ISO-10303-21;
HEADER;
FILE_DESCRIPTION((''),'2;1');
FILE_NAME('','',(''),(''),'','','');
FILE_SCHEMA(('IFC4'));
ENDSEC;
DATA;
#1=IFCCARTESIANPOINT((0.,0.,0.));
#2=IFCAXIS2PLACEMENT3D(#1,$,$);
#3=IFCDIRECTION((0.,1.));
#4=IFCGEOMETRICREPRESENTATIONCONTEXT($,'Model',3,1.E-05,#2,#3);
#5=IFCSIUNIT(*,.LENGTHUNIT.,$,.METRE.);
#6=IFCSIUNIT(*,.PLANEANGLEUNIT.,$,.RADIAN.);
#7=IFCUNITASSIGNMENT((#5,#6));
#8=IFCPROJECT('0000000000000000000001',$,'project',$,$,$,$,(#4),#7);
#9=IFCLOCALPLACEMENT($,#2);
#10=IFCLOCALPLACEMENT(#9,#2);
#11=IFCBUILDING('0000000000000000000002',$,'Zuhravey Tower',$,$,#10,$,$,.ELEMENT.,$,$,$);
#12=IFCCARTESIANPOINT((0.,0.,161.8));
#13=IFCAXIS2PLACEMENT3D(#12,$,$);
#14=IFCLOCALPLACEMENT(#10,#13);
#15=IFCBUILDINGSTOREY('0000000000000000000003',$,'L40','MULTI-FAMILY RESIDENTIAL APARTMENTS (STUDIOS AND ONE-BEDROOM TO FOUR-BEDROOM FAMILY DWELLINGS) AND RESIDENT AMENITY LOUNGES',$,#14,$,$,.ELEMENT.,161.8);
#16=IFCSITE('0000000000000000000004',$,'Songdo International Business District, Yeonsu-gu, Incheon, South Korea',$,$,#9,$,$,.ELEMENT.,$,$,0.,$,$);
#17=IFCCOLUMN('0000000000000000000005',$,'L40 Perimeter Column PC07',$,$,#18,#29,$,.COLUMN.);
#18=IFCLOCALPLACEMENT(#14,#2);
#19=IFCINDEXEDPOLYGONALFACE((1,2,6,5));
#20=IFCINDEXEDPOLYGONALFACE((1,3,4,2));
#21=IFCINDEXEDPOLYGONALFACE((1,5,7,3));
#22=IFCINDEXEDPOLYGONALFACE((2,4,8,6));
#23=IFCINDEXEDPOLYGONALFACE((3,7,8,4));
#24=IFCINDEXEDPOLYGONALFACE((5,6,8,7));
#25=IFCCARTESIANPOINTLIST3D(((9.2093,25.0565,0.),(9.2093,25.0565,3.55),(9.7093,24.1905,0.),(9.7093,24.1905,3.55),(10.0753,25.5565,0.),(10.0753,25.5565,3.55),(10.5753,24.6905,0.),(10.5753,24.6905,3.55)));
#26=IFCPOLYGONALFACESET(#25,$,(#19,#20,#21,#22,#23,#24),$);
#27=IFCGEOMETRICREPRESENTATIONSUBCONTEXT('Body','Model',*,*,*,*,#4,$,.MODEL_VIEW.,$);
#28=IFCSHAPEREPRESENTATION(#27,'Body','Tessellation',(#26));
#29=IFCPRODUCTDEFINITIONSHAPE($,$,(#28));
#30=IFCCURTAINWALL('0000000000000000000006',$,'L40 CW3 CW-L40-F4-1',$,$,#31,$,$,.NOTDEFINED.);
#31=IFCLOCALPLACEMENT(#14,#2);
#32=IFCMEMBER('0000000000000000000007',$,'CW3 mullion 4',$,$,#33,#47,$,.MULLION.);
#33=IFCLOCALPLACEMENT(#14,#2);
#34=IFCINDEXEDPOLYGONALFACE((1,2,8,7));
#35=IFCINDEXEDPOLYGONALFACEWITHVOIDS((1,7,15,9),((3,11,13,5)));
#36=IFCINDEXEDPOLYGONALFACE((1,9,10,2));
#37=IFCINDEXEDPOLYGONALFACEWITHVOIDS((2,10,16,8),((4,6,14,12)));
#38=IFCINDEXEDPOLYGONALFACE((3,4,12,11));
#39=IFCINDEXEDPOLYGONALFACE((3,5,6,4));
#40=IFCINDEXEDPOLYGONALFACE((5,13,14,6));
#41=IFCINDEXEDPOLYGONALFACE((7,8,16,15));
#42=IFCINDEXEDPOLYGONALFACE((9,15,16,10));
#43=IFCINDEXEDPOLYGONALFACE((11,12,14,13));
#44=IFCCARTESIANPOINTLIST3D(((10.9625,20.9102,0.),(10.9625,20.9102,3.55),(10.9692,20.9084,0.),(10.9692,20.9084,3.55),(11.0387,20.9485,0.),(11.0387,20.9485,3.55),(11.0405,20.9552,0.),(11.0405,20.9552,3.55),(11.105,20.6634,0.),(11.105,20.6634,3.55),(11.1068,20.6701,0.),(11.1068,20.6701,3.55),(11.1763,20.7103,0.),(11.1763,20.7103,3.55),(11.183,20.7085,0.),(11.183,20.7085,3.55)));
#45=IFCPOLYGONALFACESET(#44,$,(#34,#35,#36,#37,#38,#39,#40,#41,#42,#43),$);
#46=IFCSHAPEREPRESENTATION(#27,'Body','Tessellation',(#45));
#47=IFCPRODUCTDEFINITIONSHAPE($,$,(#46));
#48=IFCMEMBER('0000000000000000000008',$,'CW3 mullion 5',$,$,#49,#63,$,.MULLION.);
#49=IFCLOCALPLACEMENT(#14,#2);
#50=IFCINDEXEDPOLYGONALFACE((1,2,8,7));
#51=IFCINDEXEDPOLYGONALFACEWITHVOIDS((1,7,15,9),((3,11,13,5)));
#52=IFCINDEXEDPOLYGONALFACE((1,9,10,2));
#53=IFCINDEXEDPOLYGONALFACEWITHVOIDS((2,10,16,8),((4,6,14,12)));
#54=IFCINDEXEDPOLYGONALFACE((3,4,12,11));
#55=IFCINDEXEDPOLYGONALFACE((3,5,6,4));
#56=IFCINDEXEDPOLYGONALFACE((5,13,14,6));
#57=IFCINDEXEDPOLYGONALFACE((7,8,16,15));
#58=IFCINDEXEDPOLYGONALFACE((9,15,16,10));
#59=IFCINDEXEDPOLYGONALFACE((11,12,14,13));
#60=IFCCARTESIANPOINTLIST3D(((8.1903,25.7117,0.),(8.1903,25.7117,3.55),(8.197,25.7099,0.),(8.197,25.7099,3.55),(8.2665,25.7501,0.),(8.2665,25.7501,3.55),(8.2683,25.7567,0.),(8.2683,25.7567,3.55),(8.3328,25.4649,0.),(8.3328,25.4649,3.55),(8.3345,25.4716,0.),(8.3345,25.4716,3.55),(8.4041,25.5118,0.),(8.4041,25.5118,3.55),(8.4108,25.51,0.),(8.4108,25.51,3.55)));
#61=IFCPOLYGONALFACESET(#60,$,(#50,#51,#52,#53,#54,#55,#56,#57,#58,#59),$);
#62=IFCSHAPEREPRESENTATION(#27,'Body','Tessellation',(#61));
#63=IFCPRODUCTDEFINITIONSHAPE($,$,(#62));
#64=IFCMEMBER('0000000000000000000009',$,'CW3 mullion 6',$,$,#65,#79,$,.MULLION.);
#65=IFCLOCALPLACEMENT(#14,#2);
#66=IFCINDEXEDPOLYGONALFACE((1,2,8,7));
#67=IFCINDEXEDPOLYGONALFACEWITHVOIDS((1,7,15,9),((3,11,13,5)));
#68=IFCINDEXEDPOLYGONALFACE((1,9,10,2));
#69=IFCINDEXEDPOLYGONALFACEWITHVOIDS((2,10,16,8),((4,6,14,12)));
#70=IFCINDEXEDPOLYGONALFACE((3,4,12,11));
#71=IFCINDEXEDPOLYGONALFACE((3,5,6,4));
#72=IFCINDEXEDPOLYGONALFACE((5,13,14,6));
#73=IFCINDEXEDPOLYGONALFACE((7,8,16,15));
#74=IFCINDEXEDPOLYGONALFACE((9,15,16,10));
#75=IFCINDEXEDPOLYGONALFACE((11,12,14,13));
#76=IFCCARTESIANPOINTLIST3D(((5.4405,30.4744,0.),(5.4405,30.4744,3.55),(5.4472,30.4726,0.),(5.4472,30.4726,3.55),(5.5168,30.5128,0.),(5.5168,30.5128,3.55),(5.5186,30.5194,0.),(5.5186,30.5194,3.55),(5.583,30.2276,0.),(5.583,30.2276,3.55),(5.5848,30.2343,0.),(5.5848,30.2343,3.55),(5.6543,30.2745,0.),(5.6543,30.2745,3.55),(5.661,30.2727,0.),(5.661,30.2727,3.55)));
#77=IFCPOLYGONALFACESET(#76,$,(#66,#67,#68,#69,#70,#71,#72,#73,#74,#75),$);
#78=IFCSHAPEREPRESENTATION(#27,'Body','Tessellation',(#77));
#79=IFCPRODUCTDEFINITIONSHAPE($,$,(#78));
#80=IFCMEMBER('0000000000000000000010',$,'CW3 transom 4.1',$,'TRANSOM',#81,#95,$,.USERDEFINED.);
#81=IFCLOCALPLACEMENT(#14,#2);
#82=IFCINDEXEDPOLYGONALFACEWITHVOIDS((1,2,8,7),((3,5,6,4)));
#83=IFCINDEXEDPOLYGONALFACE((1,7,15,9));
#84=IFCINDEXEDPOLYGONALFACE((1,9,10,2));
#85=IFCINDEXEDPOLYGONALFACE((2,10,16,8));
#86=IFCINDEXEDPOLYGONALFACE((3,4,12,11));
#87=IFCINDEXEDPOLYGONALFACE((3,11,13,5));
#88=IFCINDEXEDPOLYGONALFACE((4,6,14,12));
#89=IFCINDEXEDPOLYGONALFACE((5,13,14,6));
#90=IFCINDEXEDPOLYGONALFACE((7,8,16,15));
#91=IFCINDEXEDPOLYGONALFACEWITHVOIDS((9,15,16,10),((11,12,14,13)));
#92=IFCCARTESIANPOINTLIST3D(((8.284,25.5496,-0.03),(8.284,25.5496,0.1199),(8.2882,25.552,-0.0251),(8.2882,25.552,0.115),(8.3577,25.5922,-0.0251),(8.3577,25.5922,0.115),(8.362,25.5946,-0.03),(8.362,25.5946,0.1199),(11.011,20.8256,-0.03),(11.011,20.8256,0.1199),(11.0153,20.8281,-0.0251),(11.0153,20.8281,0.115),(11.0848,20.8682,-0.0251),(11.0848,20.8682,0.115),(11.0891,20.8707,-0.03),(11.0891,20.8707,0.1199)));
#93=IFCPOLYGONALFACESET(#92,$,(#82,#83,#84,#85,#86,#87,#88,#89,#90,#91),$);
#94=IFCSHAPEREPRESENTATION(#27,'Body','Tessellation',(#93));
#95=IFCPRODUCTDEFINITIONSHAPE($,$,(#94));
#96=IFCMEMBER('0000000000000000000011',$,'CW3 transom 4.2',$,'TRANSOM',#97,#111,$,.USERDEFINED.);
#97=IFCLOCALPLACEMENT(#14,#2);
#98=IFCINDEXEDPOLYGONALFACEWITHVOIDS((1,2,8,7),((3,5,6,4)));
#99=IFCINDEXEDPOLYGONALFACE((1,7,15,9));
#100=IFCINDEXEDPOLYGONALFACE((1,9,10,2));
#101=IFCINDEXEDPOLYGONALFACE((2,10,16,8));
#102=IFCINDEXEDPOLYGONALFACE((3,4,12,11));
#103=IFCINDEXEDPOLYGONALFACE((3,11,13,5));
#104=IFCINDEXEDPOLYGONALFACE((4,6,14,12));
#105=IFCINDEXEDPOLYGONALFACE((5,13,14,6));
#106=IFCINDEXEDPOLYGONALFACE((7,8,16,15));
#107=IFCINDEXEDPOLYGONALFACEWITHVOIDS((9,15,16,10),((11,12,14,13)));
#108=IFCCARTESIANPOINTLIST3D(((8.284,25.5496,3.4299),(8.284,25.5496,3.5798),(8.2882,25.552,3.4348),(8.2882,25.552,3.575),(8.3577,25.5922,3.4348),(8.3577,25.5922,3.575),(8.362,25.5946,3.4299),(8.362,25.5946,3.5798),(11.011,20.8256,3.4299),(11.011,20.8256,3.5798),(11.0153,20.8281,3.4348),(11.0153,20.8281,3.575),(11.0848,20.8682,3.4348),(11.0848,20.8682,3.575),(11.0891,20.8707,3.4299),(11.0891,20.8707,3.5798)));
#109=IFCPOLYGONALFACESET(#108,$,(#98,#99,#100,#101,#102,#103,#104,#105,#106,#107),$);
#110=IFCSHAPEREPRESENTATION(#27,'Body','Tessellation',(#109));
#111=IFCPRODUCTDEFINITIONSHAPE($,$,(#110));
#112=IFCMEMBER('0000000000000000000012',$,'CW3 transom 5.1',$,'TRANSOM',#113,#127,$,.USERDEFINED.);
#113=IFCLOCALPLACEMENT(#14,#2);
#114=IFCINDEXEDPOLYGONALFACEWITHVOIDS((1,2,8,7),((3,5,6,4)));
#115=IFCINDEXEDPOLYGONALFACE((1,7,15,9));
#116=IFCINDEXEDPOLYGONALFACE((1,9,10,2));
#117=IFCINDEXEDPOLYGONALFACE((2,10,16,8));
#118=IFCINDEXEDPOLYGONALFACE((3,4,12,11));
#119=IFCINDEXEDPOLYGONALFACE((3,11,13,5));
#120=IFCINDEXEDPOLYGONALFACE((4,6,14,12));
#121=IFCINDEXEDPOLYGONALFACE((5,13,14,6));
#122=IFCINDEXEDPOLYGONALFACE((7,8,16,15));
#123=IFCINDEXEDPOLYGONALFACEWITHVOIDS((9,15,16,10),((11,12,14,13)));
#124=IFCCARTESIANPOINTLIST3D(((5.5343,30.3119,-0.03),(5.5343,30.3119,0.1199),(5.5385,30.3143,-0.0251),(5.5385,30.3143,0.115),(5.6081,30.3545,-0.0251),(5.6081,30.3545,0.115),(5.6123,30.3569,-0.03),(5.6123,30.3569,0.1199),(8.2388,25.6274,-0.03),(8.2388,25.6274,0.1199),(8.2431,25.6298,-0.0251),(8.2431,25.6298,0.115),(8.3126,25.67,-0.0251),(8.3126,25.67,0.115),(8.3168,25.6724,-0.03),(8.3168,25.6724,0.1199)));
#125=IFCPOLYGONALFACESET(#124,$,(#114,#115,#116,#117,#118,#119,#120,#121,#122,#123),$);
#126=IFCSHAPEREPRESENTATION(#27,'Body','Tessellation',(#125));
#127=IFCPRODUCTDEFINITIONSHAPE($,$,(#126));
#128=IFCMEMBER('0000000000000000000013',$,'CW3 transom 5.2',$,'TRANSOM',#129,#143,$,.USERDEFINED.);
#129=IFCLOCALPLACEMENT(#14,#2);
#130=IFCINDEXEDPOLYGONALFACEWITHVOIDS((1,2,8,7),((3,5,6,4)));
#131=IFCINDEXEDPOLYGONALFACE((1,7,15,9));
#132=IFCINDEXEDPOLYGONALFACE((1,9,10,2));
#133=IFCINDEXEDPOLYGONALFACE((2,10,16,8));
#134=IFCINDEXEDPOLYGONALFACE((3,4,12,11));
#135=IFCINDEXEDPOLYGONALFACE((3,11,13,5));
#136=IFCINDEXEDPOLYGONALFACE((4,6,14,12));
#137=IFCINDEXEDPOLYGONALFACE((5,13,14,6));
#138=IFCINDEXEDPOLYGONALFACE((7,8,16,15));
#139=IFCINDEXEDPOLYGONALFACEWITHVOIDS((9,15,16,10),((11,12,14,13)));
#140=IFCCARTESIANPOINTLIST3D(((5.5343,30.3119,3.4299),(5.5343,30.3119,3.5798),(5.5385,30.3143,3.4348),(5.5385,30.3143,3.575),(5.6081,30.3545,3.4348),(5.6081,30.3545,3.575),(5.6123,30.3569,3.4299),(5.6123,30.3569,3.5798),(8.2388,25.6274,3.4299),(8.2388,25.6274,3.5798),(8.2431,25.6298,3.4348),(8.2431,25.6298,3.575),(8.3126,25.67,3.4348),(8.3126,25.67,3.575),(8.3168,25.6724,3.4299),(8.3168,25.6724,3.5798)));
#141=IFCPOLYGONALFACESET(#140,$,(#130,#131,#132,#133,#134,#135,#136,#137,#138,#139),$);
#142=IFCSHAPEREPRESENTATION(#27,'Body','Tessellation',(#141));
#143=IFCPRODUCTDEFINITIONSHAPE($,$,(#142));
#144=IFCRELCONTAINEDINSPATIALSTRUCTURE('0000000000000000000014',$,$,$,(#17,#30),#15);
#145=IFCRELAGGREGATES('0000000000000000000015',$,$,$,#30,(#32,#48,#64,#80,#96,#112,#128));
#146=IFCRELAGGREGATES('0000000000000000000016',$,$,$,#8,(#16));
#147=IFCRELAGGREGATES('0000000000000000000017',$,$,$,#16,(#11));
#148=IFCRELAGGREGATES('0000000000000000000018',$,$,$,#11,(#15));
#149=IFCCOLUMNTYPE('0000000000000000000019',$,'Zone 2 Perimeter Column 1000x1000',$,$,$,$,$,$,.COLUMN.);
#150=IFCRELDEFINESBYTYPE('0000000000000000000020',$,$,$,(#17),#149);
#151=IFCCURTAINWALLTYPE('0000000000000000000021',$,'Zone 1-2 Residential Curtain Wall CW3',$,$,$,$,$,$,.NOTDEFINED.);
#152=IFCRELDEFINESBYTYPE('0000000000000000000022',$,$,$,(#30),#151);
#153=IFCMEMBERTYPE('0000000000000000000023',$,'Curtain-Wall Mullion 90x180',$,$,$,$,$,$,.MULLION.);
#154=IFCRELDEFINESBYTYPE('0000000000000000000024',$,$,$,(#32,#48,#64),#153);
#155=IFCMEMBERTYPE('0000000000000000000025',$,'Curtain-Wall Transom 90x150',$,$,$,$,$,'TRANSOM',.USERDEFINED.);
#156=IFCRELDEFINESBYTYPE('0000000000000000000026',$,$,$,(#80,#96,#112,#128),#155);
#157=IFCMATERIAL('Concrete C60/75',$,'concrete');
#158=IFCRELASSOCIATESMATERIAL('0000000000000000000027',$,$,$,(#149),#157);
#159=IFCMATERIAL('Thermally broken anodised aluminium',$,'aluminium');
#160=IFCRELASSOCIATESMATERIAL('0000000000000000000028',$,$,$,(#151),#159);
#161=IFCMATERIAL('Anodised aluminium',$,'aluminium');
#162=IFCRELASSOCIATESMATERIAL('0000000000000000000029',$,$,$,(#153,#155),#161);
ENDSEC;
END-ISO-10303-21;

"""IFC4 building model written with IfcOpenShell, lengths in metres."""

from ifc_helpers import new_model, si_unit, direction, frame, origin, origin_2d, place, context, subcontext, project, spatial, rectangle, hollow_rectangle, extrude, material, material_profile, profile_set, type_object, element, aggregate, save


model = new_model("IFC4")

# Units and contexts
model_context = context("Model", 3, precision=1e-05, world=origin(), true_north=direction((0.0, 1.0)))
body_context = subcontext(model_context, "Body", "Model", "MODEL_VIEW")
ifc_project = project(units=[si_unit("LENGTHUNIT", "METRE"), si_unit("PLANEANGLEUNIT", "RADIAN")], contexts=[model_context])

# Site, building, storey
site_placement = place(None, origin())
site = spatial("IfcSite", under=ifc_project, at=site_placement, Name="Songdo International Business District, Yeonsu-gu, Incheon, South Korea", CompositionType="ELEMENT", RefElevation=0.0)
building_placement = place(site_placement, origin())
building = spatial("IfcBuilding", under=site, at=building_placement, Name="Zuhravey Tower", CompositionType="ELEMENT")
storey_placement = place(building_placement, frame((0.0, 0.0, 161.8)))
storey = spatial("IfcBuildingStorey", under=building, at=storey_placement, Name="L40", Description="MULTI-FAMILY RESIDENTIAL APARTMENTS (STUDIOS AND ONE-BEDROOM TO FOUR-BEDROOM FAMILY DWELLINGS) AND RESIDENT AMENITY LOUNGES", CompositionType="ELEMENT", Elevation=161.8)

# Column
ifc_material_1 = material(Name="Concrete C60/75", Category="concrete")
ifc_material_profile_1 = material_profile(ifc_material_1, rectangle(XDim=1.0, YDim=1.0, at=origin_2d()), Name="RC-1000x1000")
ifc_profile_set_1 = profile_set([ifc_material_profile_1], Name="Concrete C60/75")
column_type = type_object("IfcColumnType", Name="Zone 2 Perimeter Column 1000x1000", PredefinedType="COLUMN", material=ifc_profile_set_1)
column_placement = place(storey_placement, frame((9.8923, 24.8735, 0.0), z_axis=(0.0, 0.0, 1.0), x_axis=(0.5, -0.866025, 0.0)))
element("IfcColumn", 1, at=column_placement, inside=storey, type_object=column_type, Name="L40 Perimeter Column PC07", PredefinedType="COLUMN", context=body_context, shape_type="SweptSolid", body=[
    extrude(rectangle(XDim=1.0, YDim=1.0, at=origin_2d()), origin(), (0.0, 0.0, 1.0), 3.55),
])

# Curtain wall, members
ifc_material_2 = material(Name="Thermally broken anodised aluminium", Category="aluminium")
curtain_wall_type = type_object("IfcCurtainWallType", Name="Zone 1-2 Residential Curtain Wall CW3", PredefinedType="NOTDEFINED", material=ifc_material_2)
curtain_wall_placement = place(storey_placement, origin())
curtain_wall = element("IfcCurtainWall", 2, at=curtain_wall_placement, inside=storey, type_object=curtain_wall_type, Name="L40 CW3 CW-L40-F4-1", PredefinedType="NOTDEFINED")
ifc_material_3 = material(Name="Anodised aluminium", Category="aluminium")
ifc_material_profile_2 = material_profile(ifc_material_3, hollow_rectangle(XDim=0.0901, YDim=0.2849, WallThickness=0.0049, at=origin_2d()), Name="ALU-RHS-90x285x5")
ifc_profile_set_2 = profile_set([ifc_material_profile_2], Name="Anodised aluminium")
member_type_1 = type_object("IfcMemberType", Name="Curtain-Wall Mullion 90x180", PredefinedType="MULLION", material=ifc_profile_set_2)
member_1_placement = place(storey_placement, frame((11.0728, 20.8093, 0.0), z_axis=(0.0, 0.0, 1.0), x_axis=(-0.866025, -0.5, 0.0)))
member_1 = element("IfcMember", 3, at=member_1_placement, type_object=member_type_1, Name="CW3 mullion 4", PredefinedType="MULLION", context=body_context, shape_type="SweptSolid", body=[
    extrude(hollow_rectangle(XDim=0.0901, YDim=0.2849, WallThickness=0.0049, at=origin_2d()), origin(), (0.0, 0.0, 1.0), 3.55),
])
member_2_placement = place(storey_placement, frame((8.3005, 25.6108, 0.0), z_axis=(0.0, 0.0, 1.0), x_axis=(-0.866025, -0.5, 0.0)))
member_2 = element("IfcMember", 4, at=member_2_placement, type_object=member_type_1, Name="CW3 mullion 5", PredefinedType="MULLION", context=body_context, shape_type="SweptSolid", body=[
    extrude(hollow_rectangle(XDim=0.0901, YDim=0.2849, WallThickness=0.0049, at=origin_2d()), origin(), (0.0, 0.0, 1.0), 3.55),
])
member_3_placement = place(storey_placement, frame((5.5508, 30.3735, 0.0), z_axis=(0.0, 0.0, 1.0), x_axis=(-0.866025, -0.5, 0.0)))
member_3 = element("IfcMember", 5, at=member_3_placement, type_object=member_type_1, Name="CW3 mullion 6", PredefinedType="MULLION", context=body_context, shape_type="SweptSolid", body=[
    extrude(hollow_rectangle(XDim=0.0901, YDim=0.2849, WallThickness=0.0049, at=origin_2d()), origin(), (0.0, 0.0, 1.0), 3.55),
])
ifc_material_profile_3 = material_profile(ifc_material_3, hollow_rectangle(XDim=0.0901, YDim=0.1499, WallThickness=0.0049, at=origin_2d()), Name="ALU-RHS-90x150x5")
ifc_profile_set_3 = profile_set([ifc_material_profile_3], Name="Anodised aluminium")
member_type_2 = type_object("IfcMemberType", Name="Curtain-Wall Transom 90x150", ElementType="TRANSOM", PredefinedType="USERDEFINED", material=ifc_profile_set_3)
member_4_placement = place(storey_placement, frame((11.05, 20.8481, 0.0449), z_axis=(-0.499961, 0.866048, 0.0), x_axis=(-0.866048, -0.499961, 0.0)))
member_4 = element("IfcMember", 6, at=member_4_placement, type_object=member_type_2, Name="CW3 transom 4.1", ObjectType="TRANSOM", PredefinedType="USERDEFINED", context=body_context, shape_type="SweptSolid", body=[
    extrude(hollow_rectangle(XDim=0.0901, YDim=0.1499, WallThickness=0.0049, at=origin_2d()), origin(), (0.0, 0.0, 1.0), 5.4546),
])
member_5_placement = place(storey_placement, frame((11.05, 20.8481, 3.5049), z_axis=(-0.499961, 0.866048, 0.0), x_axis=(-0.866048, -0.499961, 0.0)))
member_5 = element("IfcMember", 7, at=member_5_placement, type_object=member_type_2, Name="CW3 transom 4.2", ObjectType="TRANSOM", PredefinedType="USERDEFINED", context=body_context, shape_type="SweptSolid", body=[
    extrude(hollow_rectangle(XDim=0.0901, YDim=0.1499, WallThickness=0.0049, at=origin_2d()), origin(), (0.0, 0.0, 1.0), 5.4546),
])
member_6_placement = place(storey_placement, frame((8.2778, 25.6499, 0.0449), z_axis=(-0.499993, 0.866029, 0.0), x_axis=(-0.866029, -0.499993, 0.0)))
member_6 = element("IfcMember", 8, at=member_6_placement, type_object=member_type_2, Name="CW3 transom 5.1", ObjectType="TRANSOM", PredefinedType="USERDEFINED", context=body_context, shape_type="SweptSolid", body=[
    extrude(hollow_rectangle(XDim=0.0901, YDim=0.1499, WallThickness=0.0049, at=origin_2d()), origin(), (0.0, 0.0, 1.0), 5.4092),
])
member_7_placement = place(storey_placement, frame((8.2778, 25.6499, 3.5049), z_axis=(-0.499993, 0.866029, 0.0), x_axis=(-0.866029, -0.499993, 0.0)))
member_7 = element("IfcMember", 9, at=member_7_placement, type_object=member_type_2, Name="CW3 transom 5.2", ObjectType="TRANSOM", PredefinedType="USERDEFINED", context=body_context, shape_type="SweptSolid", body=[
    extrude(hollow_rectangle(XDim=0.0901, YDim=0.1499, WallThickness=0.0049, at=origin_2d()), origin(), (0.0, 0.0, 1.0), 5.4092),
])

aggregate(curtain_wall, [member_1, member_2, member_3, member_4, member_5, member_6, member_7])

save(model, "model.ifc")
